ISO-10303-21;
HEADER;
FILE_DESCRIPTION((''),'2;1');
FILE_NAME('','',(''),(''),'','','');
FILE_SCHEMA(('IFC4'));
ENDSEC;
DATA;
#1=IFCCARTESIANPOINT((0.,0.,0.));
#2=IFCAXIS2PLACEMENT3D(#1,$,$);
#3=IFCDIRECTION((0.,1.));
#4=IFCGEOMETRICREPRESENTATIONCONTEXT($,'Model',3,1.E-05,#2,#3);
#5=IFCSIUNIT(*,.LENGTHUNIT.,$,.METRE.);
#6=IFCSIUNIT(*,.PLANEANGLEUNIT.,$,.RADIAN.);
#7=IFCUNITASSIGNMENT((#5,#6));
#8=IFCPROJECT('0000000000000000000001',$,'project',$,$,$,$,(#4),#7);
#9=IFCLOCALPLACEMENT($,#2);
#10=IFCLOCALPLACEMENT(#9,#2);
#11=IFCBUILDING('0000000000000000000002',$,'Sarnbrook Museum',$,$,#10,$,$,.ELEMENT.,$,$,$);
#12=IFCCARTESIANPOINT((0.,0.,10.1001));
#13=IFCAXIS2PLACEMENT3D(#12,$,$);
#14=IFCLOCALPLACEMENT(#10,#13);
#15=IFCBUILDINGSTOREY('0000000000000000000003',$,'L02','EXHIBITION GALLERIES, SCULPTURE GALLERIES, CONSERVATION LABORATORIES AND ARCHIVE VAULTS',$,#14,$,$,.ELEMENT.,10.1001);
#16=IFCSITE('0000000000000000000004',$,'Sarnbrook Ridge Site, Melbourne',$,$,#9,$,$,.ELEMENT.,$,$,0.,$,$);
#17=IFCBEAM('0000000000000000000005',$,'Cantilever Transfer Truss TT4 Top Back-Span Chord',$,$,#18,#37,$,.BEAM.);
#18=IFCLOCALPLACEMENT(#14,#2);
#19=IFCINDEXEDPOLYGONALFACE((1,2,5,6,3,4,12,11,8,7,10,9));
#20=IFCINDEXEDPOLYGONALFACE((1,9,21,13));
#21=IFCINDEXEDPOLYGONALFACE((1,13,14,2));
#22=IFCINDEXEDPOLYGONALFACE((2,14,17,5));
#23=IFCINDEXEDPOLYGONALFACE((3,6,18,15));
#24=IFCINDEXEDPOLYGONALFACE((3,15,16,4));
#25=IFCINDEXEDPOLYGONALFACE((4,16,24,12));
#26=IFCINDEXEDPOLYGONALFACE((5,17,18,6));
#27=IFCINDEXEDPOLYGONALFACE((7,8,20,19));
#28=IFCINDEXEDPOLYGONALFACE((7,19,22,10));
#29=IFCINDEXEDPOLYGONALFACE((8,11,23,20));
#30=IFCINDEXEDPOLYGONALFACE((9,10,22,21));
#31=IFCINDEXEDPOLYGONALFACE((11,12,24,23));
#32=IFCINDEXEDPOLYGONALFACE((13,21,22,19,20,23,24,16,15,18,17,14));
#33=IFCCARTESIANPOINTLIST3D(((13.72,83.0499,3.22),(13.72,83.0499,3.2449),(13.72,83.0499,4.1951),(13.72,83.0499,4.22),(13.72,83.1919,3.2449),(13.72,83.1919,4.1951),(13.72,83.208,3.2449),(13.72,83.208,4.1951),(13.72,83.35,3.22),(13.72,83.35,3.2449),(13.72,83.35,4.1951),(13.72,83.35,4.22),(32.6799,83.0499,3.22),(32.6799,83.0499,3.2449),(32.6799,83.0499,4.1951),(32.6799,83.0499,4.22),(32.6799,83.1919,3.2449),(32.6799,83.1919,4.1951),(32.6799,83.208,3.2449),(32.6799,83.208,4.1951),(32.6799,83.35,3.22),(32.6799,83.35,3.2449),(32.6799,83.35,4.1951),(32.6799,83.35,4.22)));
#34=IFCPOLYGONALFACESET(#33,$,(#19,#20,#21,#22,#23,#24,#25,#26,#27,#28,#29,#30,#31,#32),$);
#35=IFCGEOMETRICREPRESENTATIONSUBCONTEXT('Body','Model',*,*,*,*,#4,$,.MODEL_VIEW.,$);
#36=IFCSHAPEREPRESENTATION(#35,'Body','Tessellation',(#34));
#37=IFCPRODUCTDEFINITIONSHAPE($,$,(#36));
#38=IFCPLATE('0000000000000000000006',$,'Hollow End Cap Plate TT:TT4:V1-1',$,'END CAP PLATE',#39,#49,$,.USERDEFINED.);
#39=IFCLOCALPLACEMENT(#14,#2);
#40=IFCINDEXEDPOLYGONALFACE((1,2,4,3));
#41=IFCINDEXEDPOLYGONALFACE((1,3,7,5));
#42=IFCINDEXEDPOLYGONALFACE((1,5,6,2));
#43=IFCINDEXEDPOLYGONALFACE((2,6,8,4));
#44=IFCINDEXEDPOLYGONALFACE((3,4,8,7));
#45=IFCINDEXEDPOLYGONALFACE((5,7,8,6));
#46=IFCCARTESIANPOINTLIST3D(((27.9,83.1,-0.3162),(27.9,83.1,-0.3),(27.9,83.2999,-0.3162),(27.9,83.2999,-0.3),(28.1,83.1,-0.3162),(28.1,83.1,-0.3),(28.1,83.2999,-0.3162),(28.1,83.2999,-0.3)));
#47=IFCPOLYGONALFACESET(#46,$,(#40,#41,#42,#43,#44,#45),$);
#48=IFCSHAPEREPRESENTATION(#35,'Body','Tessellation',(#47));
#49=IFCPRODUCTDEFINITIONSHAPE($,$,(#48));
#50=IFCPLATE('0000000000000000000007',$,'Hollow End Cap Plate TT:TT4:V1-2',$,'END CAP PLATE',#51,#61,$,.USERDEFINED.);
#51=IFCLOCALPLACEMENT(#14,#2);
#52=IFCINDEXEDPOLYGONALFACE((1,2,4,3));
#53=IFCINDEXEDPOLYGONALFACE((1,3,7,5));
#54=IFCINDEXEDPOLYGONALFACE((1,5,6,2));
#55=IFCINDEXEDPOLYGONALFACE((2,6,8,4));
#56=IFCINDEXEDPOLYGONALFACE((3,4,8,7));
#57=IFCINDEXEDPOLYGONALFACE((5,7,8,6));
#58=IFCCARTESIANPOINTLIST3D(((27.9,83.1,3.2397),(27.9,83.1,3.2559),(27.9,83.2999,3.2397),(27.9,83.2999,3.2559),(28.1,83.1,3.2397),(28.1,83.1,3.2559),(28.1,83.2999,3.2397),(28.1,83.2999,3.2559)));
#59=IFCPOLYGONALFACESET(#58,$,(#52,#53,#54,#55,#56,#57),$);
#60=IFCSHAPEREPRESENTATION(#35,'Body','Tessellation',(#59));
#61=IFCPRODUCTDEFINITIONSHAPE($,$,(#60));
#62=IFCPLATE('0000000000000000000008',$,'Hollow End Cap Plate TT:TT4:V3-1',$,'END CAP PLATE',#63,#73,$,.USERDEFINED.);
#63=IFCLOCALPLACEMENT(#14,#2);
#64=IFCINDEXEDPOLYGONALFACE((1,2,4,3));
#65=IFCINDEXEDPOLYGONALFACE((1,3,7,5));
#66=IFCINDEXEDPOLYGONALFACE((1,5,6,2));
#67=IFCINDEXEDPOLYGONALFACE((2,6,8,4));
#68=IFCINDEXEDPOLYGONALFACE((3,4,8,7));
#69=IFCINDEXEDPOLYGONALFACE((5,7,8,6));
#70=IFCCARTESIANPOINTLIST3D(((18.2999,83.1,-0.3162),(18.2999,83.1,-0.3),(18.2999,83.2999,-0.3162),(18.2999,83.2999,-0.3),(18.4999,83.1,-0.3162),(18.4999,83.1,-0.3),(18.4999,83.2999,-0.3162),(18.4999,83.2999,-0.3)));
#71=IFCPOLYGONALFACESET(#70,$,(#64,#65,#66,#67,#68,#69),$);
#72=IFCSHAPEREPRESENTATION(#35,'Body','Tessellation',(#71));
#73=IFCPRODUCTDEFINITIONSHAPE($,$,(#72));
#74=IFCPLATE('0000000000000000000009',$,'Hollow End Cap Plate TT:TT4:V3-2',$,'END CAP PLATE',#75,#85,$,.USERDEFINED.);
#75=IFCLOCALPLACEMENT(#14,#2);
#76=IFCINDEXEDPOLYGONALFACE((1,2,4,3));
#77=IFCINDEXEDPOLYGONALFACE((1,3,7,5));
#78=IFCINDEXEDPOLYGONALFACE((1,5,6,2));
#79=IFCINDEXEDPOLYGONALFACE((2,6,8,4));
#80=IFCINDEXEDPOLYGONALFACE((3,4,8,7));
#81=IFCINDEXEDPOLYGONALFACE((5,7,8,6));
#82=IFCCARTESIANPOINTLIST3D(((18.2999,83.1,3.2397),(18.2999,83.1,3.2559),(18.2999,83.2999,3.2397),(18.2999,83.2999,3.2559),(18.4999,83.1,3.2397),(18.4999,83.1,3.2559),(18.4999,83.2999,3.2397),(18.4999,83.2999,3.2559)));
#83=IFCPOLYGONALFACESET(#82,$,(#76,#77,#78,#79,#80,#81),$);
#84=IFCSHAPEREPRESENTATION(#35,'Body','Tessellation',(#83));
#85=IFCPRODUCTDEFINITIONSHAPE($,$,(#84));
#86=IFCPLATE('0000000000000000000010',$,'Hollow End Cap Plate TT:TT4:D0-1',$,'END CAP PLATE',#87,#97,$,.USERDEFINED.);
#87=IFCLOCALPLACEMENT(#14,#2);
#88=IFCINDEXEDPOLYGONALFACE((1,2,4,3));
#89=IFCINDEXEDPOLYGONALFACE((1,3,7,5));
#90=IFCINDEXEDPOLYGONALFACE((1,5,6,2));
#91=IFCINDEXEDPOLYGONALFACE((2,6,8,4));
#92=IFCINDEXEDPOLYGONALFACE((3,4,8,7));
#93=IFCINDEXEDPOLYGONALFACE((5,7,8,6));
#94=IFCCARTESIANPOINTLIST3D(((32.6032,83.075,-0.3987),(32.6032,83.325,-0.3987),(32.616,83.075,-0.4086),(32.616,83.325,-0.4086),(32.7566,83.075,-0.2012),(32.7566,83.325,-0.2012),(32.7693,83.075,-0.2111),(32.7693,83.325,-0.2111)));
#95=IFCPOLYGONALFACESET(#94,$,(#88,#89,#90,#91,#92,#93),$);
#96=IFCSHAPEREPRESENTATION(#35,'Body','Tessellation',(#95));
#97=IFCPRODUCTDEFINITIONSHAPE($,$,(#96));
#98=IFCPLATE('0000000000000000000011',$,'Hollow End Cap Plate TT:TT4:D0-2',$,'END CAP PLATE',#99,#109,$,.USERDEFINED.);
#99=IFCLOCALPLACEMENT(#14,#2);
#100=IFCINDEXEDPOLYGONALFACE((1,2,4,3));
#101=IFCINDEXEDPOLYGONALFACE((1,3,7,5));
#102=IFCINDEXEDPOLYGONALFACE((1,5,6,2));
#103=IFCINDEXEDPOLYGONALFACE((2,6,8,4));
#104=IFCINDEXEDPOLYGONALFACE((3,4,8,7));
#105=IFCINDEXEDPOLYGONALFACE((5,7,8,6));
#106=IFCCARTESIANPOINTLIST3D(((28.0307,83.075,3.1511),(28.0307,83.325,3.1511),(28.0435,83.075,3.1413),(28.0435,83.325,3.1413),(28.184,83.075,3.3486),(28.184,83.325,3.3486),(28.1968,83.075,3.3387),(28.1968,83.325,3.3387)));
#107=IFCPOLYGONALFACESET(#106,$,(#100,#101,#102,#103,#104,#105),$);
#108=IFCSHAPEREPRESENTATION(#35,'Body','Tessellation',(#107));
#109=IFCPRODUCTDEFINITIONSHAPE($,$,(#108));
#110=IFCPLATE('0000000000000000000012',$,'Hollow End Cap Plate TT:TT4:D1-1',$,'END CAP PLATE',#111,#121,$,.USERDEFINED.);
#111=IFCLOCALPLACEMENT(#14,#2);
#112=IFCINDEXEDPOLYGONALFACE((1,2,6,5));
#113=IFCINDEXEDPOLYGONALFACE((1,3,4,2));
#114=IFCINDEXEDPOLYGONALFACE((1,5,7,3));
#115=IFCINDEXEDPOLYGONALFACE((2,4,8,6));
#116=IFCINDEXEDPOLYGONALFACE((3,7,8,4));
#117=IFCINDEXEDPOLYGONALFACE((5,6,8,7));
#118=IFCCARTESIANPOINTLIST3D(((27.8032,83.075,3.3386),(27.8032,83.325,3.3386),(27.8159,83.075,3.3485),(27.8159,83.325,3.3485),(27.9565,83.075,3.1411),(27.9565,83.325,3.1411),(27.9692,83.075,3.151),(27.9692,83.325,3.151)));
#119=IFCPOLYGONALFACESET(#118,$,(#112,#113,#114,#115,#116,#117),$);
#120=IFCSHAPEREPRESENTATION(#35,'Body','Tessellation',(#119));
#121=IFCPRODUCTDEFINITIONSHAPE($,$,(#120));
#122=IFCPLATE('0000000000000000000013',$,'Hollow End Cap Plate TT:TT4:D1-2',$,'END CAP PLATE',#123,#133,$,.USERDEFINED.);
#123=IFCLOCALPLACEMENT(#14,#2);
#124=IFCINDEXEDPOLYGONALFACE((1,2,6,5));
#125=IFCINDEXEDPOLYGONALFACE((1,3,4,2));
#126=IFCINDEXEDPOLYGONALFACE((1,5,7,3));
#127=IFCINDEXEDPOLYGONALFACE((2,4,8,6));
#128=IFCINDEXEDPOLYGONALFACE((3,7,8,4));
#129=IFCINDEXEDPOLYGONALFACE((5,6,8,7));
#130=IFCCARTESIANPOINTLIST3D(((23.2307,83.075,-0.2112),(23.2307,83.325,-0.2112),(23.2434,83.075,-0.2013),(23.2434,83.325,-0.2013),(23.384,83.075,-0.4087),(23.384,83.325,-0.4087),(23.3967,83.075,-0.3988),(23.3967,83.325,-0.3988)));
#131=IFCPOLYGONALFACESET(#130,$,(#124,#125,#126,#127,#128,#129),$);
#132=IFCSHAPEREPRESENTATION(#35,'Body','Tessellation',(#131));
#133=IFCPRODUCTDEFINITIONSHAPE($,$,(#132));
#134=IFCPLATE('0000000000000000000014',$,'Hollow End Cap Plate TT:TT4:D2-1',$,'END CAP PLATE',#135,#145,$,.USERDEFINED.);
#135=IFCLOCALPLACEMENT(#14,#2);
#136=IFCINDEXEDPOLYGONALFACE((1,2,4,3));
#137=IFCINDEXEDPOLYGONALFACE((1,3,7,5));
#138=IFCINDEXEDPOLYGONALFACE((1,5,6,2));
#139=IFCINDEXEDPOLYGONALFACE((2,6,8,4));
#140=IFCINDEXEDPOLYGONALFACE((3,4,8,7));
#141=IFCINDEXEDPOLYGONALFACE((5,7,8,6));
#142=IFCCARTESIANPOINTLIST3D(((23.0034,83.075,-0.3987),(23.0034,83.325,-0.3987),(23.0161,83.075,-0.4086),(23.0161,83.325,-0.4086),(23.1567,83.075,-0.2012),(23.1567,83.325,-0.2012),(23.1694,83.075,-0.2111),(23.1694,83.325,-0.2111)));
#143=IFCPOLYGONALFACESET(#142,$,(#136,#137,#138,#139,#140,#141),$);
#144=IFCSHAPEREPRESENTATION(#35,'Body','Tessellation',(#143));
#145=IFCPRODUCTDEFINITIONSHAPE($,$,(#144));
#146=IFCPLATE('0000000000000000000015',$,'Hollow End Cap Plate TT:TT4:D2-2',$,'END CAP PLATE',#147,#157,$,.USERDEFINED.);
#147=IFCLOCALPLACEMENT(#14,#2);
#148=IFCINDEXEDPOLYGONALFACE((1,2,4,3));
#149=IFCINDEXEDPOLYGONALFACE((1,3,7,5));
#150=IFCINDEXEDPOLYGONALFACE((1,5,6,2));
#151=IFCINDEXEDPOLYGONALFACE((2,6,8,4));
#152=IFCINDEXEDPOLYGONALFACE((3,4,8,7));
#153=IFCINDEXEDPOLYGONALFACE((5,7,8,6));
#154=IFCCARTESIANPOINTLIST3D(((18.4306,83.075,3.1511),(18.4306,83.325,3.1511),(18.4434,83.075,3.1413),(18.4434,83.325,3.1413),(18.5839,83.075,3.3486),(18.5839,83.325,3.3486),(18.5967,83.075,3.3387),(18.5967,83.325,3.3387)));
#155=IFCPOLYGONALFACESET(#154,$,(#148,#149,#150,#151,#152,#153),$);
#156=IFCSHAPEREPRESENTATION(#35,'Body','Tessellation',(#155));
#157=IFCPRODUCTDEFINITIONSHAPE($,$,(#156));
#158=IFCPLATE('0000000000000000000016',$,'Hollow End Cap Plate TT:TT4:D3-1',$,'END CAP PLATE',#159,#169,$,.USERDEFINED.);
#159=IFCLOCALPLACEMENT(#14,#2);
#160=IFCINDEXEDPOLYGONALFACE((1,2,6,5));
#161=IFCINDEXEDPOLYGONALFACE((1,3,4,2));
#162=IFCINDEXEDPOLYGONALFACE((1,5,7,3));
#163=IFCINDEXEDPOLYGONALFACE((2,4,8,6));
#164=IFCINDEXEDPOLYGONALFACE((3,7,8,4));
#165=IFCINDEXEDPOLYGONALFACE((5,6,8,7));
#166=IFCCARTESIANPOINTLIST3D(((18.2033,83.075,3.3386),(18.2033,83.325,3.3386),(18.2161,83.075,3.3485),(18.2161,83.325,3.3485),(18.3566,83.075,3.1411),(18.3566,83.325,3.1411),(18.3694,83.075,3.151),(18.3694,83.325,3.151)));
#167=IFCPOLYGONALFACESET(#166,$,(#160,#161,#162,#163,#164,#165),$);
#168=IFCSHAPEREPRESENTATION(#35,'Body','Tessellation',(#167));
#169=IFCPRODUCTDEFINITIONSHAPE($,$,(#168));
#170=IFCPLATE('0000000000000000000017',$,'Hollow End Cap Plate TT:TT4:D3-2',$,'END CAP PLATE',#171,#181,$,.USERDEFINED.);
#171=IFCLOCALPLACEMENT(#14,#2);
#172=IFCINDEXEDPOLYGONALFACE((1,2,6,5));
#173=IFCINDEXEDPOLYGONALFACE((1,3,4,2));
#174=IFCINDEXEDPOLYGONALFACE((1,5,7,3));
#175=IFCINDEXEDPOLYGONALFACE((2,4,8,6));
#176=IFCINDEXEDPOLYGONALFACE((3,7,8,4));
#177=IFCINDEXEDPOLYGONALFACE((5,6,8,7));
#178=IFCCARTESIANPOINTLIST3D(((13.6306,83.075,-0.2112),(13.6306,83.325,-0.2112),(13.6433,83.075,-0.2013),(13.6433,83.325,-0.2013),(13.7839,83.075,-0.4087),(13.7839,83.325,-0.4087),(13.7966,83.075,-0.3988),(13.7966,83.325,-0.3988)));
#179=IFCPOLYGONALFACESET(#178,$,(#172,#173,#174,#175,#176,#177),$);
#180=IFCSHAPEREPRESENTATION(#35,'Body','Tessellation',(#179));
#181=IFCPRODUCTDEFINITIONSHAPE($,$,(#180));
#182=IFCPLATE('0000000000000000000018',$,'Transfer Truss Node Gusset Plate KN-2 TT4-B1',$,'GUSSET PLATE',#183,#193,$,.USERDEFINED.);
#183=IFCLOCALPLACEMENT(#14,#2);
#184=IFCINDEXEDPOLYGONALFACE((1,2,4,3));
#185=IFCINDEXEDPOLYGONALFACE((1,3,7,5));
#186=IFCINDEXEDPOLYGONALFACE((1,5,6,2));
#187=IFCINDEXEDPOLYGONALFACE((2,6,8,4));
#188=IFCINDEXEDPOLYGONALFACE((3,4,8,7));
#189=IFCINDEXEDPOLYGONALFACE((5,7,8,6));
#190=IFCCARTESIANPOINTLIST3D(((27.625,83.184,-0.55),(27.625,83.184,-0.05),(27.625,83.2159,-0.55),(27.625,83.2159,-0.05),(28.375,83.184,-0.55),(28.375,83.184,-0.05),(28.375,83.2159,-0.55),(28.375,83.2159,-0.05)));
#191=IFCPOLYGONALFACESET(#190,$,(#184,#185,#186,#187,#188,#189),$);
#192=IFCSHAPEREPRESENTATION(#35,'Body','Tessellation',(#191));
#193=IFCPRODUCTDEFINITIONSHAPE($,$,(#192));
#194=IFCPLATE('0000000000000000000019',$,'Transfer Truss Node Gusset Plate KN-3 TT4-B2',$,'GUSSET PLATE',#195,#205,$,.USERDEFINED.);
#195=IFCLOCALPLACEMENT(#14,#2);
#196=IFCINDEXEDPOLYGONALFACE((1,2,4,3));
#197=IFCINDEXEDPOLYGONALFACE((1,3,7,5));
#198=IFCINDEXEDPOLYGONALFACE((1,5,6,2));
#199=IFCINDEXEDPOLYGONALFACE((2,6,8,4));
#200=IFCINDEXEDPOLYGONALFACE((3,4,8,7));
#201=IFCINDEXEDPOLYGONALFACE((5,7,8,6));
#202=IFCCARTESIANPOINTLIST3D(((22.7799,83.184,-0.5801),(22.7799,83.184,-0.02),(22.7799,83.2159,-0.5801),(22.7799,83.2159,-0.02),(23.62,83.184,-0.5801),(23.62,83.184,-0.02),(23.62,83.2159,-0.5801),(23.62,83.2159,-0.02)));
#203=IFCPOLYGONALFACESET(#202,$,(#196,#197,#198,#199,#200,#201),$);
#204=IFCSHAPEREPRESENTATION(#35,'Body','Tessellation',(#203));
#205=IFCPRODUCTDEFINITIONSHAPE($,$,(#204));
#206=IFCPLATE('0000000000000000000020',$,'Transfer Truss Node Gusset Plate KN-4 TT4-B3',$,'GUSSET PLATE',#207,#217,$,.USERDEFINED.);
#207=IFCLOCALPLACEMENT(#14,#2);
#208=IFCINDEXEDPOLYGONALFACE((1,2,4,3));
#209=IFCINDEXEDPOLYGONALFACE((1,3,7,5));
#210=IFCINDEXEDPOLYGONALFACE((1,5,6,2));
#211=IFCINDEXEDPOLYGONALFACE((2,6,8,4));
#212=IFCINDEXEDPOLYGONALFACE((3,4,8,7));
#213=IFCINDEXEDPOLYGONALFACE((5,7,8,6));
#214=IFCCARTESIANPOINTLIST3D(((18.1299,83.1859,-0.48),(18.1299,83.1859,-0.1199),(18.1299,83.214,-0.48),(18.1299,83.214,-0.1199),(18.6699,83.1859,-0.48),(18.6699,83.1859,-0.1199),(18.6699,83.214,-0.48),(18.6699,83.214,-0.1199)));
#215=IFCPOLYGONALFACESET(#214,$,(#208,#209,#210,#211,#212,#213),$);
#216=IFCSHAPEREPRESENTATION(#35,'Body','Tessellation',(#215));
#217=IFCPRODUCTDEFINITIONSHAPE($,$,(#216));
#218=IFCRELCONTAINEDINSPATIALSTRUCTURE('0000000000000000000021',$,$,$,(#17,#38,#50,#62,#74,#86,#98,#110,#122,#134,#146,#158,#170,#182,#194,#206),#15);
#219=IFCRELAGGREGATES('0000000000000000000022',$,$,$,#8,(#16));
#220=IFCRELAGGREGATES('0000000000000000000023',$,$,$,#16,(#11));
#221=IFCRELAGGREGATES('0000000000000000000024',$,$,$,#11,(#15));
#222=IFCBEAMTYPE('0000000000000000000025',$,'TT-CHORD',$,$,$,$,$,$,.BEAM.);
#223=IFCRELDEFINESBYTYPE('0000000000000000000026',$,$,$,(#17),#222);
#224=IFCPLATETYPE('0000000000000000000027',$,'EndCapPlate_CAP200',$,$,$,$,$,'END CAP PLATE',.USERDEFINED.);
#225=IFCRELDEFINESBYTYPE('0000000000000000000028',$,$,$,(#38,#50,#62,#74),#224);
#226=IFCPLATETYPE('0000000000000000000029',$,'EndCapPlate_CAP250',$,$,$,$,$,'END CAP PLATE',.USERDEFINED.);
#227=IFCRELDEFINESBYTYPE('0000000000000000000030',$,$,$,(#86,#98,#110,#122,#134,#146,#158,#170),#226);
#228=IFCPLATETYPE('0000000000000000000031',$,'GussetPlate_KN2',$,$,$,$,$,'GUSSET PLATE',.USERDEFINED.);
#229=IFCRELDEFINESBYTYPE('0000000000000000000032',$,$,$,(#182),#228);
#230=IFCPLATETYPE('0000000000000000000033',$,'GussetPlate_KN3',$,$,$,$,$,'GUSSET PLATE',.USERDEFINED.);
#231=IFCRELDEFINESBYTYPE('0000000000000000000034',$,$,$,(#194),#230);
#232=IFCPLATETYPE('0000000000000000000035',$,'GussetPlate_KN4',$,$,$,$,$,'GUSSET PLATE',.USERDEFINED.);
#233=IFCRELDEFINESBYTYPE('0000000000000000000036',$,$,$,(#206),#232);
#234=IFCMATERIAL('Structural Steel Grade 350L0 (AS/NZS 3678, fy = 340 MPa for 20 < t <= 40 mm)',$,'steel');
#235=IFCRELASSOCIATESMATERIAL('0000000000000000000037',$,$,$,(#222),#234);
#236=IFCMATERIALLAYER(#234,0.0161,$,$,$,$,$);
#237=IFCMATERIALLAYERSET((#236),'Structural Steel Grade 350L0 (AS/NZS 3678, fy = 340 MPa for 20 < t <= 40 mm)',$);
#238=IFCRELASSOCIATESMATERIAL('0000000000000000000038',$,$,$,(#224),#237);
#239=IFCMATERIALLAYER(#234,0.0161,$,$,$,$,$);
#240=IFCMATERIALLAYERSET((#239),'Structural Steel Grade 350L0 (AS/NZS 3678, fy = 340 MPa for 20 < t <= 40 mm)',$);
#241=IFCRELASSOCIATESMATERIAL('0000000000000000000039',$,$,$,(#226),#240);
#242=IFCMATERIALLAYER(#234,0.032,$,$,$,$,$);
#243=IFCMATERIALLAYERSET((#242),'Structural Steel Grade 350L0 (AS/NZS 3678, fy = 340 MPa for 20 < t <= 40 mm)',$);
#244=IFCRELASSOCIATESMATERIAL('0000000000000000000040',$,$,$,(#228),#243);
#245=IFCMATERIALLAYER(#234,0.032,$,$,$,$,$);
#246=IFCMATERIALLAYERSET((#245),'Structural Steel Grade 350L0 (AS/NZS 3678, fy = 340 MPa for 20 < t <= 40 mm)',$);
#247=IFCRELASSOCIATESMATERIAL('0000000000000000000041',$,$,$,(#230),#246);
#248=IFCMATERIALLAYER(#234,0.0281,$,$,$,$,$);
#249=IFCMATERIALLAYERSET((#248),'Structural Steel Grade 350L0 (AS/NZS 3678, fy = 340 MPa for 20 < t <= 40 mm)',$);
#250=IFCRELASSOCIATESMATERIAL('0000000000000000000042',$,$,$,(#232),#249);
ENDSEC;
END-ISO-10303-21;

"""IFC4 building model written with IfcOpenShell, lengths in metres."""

from ifc_helpers import new_model, si_unit, direction, frame, origin, origin_2d, place, context, subcontext, project, spatial, rectangle, i_section, extrude, material, layer, layer_set, material_profile, profile_set, type_object, element, save


model = new_model("IFC4")

# Units and contexts
model_context = context("Model", 3, precision=1e-05, world=origin(), true_north=direction((0.0, 1.0)))
body_context = subcontext(model_context, "Body", "Model", "MODEL_VIEW")
ifc_project = project(units=[si_unit("LENGTHUNIT", "METRE"), si_unit("PLANEANGLEUNIT", "RADIAN")], contexts=[model_context])

# Site, building, storey
site_placement = place(None, origin())
site = spatial("IfcSite", under=ifc_project, at=site_placement, Name="Sarnbrook Ridge Site, Melbourne", CompositionType="ELEMENT", RefElevation=0.0)
building_placement = place(site_placement, origin())
building = spatial("IfcBuilding", under=site, at=building_placement, Name="Sarnbrook Museum", CompositionType="ELEMENT")
storey_placement = place(building_placement, frame((0.0, 0.0, 10.1001)))
storey = spatial("IfcBuildingStorey", under=building, at=storey_placement, Name="L02", Description="EXHIBITION GALLERIES, SCULPTURE GALLERIES, CONSERVATION LABORATORIES AND ARCHIVE VAULTS", CompositionType="ELEMENT", Elevation=10.1001)

# Beam
ifc_material_1 = material(Name="Structural Steel Grade 350L0 (AS/NZS 3678, fy = 340 MPa for 20 < t <= 40 mm)", Category="steel")
ifc_material_profile_1 = material_profile(ifc_material_1, i_section(OverallWidth=0.3, OverallDepth=1.0, WebThickness=0.0161, FlangeThickness=0.0249, at=origin_2d()), Name="1000WB215")
ifc_profile_set_1 = profile_set([ifc_material_profile_1], Name="Structural Steel Grade 350L0 (AS/NZS 3678, fy = 340 MPa for 20 < t <= 40 mm)")
beam_type = type_object("IfcBeamType", Name="TT-CHORD", PredefinedType="BEAM", material=ifc_profile_set_1)
beam_placement = place(storey_placement, frame((32.6799, 83.2, 3.72), z_axis=(-1.0, 0.0, 0.0), x_axis=(0.0, -1.0, 0.0)))
element("IfcBeam", 1, at=beam_placement, inside=storey, type_object=beam_type, Name="Cantilever Transfer Truss TT4 Top Back-Span Chord", PredefinedType="BEAM", context=body_context, shape_type="SweptSolid", body=[
    extrude(i_section(OverallWidth=0.3, OverallDepth=1.0, WebThickness=0.0161, FlangeThickness=0.0249, at=origin_2d()), origin(), (0.0, 0.0, 1.0), 18.96),
])

# Plates
ifc_layer_1 = layer(ifc_material_1, 0.0161)
ifc_layer_set_1 = layer_set([ifc_layer_1], Name="Structural Steel Grade 350L0 (AS/NZS 3678, fy = 340 MPa for 20 < t <= 40 mm)")
plate_type_1 = type_object("IfcPlateType", Name="EndCapPlate_CAP200", ElementType="END CAP PLATE", PredefinedType="USERDEFINED", material=ifc_layer_set_1)
for number, where, z_axis, x_axis, name in (
    (2, (28.0, 83.2, -0.3162), (0.0, 0.0, 1.0), (1.0, 0.0, 0.0), "Hollow End Cap Plate TT:TT4:V1-1"),
    (3, (28.0, 83.2, 3.2397), (0.0, 0.0, 1.0), (1.0, 0.0, 0.0), "Hollow End Cap Plate TT:TT4:V1-2"),
    (4, (18.3999, 83.2, -0.3162), (0.0, 0.0, 1.0), (1.0, 0.0, 0.0), "Hollow End Cap Plate TT:TT4:V3-1"),
    (5, (18.3999, 83.2, 3.2397), (0.0, 0.0, 1.0), (1.0, 0.0, 0.0), "Hollow End Cap Plate TT:TT4:V3-2"),
):
    element("IfcPlate", number, at=place(storey_placement, frame(where, z_axis=z_axis, x_axis=x_axis)), inside=storey, type_object=plate_type_1, Name=name, ObjectType="END CAP PLATE", PredefinedType="USERDEFINED", context=body_context, shape_type="SweptSolid", body=[
        extrude(rectangle(XDim=0.2, YDim=0.2, at=origin_2d()), origin(), (0.0, 0.0, 1.0), 0.0161),
    ])
ifc_layer_2 = layer(ifc_material_1, 0.0161)
ifc_layer_set_2 = layer_set([ifc_layer_2], Name="Structural Steel Grade 350L0 (AS/NZS 3678, fy = 340 MPa for 20 < t <= 40 mm)")
plate_type_2 = type_object("IfcPlateType", Name="EndCapPlate_CAP250", ElementType="END CAP PLATE", PredefinedType="USERDEFINED", material=ifc_layer_set_2)
for number, where, z_axis, x_axis, name in (
    (6, (32.6926, 83.2, -0.3098), (-0.789912, 0.0, 0.613221), (0.0, -1.0, 0.0), "Hollow End Cap Plate TT:TT4:D0-1"),
    (7, (28.1201, 83.2, 3.24), (-0.789912, 0.0, 0.613221), (0.0, -1.0, 0.0), "Hollow End Cap Plate TT:TT4:D0-2"),
    (8, (27.8926, 83.2, 3.2498), (-0.789912, 0.0, -0.613221), (0.0, -1.0, 0.0), "Hollow End Cap Plate TT:TT4:D1-1"),
    (9, (23.3201, 83.2, -0.3), (-0.789912, 0.0, -0.613221), (0.0, -1.0, 0.0), "Hollow End Cap Plate TT:TT4:D1-2"),
    (10, (23.0928, 83.2, -0.3098), (-0.789912, 0.0, 0.613221), (0.0, -1.0, 0.0), "Hollow End Cap Plate TT:TT4:D2-1"),
    (11, (18.52, 83.2, 3.24), (-0.789912, 0.0, 0.613221), (0.0, -1.0, 0.0), "Hollow End Cap Plate TT:TT4:D2-2"),
    (12, (18.2927, 83.2, 3.2498), (-0.789912, 0.0, -0.613221), (0.0, -1.0, 0.0), "Hollow End Cap Plate TT:TT4:D3-1"),
    (13, (13.72, 83.2, -0.3), (-0.789912, 0.0, -0.613221), (0.0, -1.0, 0.0), "Hollow End Cap Plate TT:TT4:D3-2"),
):
    element("IfcPlate", number, at=place(storey_placement, frame(where, z_axis=z_axis, x_axis=x_axis)), inside=storey, type_object=plate_type_2, Name=name, ObjectType="END CAP PLATE", PredefinedType="USERDEFINED", context=body_context, shape_type="SweptSolid", body=[
        extrude(rectangle(XDim=0.25, YDim=0.25, at=origin_2d()), origin(), (0.0, 0.0, 1.0), 0.0161),
    ])
ifc_layer_3 = layer(ifc_material_1, 0.032)
ifc_layer_set_3 = layer_set([ifc_layer_3], Name="Structural Steel Grade 350L0 (AS/NZS 3678, fy = 340 MPa for 20 < t <= 40 mm)")
plate_type_3 = type_object("IfcPlateType", Name="GussetPlate_KN2", ElementType="GUSSET PLATE", PredefinedType="USERDEFINED", material=ifc_layer_set_3)
plate_1_placement = place(storey_placement, frame((28.0, 83.2, -0.55), z_axis=(0.0, 0.0, 1.0), x_axis=(1.0, 0.0, 0.0)))
element("IfcPlate", 14, at=plate_1_placement, inside=storey, type_object=plate_type_3, Name="Transfer Truss Node Gusset Plate KN-2 TT4-B1", ObjectType="GUSSET PLATE", PredefinedType="USERDEFINED", context=body_context, shape_type="SweptSolid", body=[
    extrude(rectangle(XDim=0.75, YDim=0.032, at=origin_2d()), origin(), (0.0, 0.0, 1.0), 0.5),
])
ifc_layer_4 = layer(ifc_material_1, 0.032)
ifc_layer_set_4 = layer_set([ifc_layer_4], Name="Structural Steel Grade 350L0 (AS/NZS 3678, fy = 340 MPa for 20 < t <= 40 mm)")
plate_type_4 = type_object("IfcPlateType", Name="GussetPlate_KN3", ElementType="GUSSET PLATE", PredefinedType="USERDEFINED", material=ifc_layer_set_4)
plate_2_placement = place(storey_placement, frame((23.2, 83.2, -0.5801), z_axis=(0.0, 0.0, 1.0), x_axis=(1.0, 0.0, 0.0)))
element("IfcPlate", 15, at=plate_2_placement, inside=storey, type_object=plate_type_4, Name="Transfer Truss Node Gusset Plate KN-3 TT4-B2", ObjectType="GUSSET PLATE", PredefinedType="USERDEFINED", context=body_context, shape_type="SweptSolid", body=[
    extrude(rectangle(XDim=0.8401, YDim=0.032, at=origin_2d()), origin(), (0.0, 0.0, 1.0), 0.5601),
])
ifc_layer_5 = layer(ifc_material_1, 0.0281)
ifc_layer_set_5 = layer_set([ifc_layer_5], Name="Structural Steel Grade 350L0 (AS/NZS 3678, fy = 340 MPa for 20 < t <= 40 mm)")
plate_type_5 = type_object("IfcPlateType", Name="GussetPlate_KN4", ElementType="GUSSET PLATE", PredefinedType="USERDEFINED", material=ifc_layer_set_5)
plate_3_placement = place(storey_placement, frame((18.3999, 83.2, -0.48), z_axis=(0.0, 0.0, 1.0), x_axis=(1.0, 0.0, 0.0)))
element("IfcPlate", 16, at=plate_3_placement, inside=storey, type_object=plate_type_5, Name="Transfer Truss Node Gusset Plate KN-4 TT4-B3", ObjectType="GUSSET PLATE", PredefinedType="USERDEFINED", context=body_context, shape_type="SweptSolid", body=[
    extrude(rectangle(XDim=0.54, YDim=0.0281, at=origin_2d()), origin(), (0.0, 0.0, 1.0), 0.3601),
])

save(model, "model.ifc")
